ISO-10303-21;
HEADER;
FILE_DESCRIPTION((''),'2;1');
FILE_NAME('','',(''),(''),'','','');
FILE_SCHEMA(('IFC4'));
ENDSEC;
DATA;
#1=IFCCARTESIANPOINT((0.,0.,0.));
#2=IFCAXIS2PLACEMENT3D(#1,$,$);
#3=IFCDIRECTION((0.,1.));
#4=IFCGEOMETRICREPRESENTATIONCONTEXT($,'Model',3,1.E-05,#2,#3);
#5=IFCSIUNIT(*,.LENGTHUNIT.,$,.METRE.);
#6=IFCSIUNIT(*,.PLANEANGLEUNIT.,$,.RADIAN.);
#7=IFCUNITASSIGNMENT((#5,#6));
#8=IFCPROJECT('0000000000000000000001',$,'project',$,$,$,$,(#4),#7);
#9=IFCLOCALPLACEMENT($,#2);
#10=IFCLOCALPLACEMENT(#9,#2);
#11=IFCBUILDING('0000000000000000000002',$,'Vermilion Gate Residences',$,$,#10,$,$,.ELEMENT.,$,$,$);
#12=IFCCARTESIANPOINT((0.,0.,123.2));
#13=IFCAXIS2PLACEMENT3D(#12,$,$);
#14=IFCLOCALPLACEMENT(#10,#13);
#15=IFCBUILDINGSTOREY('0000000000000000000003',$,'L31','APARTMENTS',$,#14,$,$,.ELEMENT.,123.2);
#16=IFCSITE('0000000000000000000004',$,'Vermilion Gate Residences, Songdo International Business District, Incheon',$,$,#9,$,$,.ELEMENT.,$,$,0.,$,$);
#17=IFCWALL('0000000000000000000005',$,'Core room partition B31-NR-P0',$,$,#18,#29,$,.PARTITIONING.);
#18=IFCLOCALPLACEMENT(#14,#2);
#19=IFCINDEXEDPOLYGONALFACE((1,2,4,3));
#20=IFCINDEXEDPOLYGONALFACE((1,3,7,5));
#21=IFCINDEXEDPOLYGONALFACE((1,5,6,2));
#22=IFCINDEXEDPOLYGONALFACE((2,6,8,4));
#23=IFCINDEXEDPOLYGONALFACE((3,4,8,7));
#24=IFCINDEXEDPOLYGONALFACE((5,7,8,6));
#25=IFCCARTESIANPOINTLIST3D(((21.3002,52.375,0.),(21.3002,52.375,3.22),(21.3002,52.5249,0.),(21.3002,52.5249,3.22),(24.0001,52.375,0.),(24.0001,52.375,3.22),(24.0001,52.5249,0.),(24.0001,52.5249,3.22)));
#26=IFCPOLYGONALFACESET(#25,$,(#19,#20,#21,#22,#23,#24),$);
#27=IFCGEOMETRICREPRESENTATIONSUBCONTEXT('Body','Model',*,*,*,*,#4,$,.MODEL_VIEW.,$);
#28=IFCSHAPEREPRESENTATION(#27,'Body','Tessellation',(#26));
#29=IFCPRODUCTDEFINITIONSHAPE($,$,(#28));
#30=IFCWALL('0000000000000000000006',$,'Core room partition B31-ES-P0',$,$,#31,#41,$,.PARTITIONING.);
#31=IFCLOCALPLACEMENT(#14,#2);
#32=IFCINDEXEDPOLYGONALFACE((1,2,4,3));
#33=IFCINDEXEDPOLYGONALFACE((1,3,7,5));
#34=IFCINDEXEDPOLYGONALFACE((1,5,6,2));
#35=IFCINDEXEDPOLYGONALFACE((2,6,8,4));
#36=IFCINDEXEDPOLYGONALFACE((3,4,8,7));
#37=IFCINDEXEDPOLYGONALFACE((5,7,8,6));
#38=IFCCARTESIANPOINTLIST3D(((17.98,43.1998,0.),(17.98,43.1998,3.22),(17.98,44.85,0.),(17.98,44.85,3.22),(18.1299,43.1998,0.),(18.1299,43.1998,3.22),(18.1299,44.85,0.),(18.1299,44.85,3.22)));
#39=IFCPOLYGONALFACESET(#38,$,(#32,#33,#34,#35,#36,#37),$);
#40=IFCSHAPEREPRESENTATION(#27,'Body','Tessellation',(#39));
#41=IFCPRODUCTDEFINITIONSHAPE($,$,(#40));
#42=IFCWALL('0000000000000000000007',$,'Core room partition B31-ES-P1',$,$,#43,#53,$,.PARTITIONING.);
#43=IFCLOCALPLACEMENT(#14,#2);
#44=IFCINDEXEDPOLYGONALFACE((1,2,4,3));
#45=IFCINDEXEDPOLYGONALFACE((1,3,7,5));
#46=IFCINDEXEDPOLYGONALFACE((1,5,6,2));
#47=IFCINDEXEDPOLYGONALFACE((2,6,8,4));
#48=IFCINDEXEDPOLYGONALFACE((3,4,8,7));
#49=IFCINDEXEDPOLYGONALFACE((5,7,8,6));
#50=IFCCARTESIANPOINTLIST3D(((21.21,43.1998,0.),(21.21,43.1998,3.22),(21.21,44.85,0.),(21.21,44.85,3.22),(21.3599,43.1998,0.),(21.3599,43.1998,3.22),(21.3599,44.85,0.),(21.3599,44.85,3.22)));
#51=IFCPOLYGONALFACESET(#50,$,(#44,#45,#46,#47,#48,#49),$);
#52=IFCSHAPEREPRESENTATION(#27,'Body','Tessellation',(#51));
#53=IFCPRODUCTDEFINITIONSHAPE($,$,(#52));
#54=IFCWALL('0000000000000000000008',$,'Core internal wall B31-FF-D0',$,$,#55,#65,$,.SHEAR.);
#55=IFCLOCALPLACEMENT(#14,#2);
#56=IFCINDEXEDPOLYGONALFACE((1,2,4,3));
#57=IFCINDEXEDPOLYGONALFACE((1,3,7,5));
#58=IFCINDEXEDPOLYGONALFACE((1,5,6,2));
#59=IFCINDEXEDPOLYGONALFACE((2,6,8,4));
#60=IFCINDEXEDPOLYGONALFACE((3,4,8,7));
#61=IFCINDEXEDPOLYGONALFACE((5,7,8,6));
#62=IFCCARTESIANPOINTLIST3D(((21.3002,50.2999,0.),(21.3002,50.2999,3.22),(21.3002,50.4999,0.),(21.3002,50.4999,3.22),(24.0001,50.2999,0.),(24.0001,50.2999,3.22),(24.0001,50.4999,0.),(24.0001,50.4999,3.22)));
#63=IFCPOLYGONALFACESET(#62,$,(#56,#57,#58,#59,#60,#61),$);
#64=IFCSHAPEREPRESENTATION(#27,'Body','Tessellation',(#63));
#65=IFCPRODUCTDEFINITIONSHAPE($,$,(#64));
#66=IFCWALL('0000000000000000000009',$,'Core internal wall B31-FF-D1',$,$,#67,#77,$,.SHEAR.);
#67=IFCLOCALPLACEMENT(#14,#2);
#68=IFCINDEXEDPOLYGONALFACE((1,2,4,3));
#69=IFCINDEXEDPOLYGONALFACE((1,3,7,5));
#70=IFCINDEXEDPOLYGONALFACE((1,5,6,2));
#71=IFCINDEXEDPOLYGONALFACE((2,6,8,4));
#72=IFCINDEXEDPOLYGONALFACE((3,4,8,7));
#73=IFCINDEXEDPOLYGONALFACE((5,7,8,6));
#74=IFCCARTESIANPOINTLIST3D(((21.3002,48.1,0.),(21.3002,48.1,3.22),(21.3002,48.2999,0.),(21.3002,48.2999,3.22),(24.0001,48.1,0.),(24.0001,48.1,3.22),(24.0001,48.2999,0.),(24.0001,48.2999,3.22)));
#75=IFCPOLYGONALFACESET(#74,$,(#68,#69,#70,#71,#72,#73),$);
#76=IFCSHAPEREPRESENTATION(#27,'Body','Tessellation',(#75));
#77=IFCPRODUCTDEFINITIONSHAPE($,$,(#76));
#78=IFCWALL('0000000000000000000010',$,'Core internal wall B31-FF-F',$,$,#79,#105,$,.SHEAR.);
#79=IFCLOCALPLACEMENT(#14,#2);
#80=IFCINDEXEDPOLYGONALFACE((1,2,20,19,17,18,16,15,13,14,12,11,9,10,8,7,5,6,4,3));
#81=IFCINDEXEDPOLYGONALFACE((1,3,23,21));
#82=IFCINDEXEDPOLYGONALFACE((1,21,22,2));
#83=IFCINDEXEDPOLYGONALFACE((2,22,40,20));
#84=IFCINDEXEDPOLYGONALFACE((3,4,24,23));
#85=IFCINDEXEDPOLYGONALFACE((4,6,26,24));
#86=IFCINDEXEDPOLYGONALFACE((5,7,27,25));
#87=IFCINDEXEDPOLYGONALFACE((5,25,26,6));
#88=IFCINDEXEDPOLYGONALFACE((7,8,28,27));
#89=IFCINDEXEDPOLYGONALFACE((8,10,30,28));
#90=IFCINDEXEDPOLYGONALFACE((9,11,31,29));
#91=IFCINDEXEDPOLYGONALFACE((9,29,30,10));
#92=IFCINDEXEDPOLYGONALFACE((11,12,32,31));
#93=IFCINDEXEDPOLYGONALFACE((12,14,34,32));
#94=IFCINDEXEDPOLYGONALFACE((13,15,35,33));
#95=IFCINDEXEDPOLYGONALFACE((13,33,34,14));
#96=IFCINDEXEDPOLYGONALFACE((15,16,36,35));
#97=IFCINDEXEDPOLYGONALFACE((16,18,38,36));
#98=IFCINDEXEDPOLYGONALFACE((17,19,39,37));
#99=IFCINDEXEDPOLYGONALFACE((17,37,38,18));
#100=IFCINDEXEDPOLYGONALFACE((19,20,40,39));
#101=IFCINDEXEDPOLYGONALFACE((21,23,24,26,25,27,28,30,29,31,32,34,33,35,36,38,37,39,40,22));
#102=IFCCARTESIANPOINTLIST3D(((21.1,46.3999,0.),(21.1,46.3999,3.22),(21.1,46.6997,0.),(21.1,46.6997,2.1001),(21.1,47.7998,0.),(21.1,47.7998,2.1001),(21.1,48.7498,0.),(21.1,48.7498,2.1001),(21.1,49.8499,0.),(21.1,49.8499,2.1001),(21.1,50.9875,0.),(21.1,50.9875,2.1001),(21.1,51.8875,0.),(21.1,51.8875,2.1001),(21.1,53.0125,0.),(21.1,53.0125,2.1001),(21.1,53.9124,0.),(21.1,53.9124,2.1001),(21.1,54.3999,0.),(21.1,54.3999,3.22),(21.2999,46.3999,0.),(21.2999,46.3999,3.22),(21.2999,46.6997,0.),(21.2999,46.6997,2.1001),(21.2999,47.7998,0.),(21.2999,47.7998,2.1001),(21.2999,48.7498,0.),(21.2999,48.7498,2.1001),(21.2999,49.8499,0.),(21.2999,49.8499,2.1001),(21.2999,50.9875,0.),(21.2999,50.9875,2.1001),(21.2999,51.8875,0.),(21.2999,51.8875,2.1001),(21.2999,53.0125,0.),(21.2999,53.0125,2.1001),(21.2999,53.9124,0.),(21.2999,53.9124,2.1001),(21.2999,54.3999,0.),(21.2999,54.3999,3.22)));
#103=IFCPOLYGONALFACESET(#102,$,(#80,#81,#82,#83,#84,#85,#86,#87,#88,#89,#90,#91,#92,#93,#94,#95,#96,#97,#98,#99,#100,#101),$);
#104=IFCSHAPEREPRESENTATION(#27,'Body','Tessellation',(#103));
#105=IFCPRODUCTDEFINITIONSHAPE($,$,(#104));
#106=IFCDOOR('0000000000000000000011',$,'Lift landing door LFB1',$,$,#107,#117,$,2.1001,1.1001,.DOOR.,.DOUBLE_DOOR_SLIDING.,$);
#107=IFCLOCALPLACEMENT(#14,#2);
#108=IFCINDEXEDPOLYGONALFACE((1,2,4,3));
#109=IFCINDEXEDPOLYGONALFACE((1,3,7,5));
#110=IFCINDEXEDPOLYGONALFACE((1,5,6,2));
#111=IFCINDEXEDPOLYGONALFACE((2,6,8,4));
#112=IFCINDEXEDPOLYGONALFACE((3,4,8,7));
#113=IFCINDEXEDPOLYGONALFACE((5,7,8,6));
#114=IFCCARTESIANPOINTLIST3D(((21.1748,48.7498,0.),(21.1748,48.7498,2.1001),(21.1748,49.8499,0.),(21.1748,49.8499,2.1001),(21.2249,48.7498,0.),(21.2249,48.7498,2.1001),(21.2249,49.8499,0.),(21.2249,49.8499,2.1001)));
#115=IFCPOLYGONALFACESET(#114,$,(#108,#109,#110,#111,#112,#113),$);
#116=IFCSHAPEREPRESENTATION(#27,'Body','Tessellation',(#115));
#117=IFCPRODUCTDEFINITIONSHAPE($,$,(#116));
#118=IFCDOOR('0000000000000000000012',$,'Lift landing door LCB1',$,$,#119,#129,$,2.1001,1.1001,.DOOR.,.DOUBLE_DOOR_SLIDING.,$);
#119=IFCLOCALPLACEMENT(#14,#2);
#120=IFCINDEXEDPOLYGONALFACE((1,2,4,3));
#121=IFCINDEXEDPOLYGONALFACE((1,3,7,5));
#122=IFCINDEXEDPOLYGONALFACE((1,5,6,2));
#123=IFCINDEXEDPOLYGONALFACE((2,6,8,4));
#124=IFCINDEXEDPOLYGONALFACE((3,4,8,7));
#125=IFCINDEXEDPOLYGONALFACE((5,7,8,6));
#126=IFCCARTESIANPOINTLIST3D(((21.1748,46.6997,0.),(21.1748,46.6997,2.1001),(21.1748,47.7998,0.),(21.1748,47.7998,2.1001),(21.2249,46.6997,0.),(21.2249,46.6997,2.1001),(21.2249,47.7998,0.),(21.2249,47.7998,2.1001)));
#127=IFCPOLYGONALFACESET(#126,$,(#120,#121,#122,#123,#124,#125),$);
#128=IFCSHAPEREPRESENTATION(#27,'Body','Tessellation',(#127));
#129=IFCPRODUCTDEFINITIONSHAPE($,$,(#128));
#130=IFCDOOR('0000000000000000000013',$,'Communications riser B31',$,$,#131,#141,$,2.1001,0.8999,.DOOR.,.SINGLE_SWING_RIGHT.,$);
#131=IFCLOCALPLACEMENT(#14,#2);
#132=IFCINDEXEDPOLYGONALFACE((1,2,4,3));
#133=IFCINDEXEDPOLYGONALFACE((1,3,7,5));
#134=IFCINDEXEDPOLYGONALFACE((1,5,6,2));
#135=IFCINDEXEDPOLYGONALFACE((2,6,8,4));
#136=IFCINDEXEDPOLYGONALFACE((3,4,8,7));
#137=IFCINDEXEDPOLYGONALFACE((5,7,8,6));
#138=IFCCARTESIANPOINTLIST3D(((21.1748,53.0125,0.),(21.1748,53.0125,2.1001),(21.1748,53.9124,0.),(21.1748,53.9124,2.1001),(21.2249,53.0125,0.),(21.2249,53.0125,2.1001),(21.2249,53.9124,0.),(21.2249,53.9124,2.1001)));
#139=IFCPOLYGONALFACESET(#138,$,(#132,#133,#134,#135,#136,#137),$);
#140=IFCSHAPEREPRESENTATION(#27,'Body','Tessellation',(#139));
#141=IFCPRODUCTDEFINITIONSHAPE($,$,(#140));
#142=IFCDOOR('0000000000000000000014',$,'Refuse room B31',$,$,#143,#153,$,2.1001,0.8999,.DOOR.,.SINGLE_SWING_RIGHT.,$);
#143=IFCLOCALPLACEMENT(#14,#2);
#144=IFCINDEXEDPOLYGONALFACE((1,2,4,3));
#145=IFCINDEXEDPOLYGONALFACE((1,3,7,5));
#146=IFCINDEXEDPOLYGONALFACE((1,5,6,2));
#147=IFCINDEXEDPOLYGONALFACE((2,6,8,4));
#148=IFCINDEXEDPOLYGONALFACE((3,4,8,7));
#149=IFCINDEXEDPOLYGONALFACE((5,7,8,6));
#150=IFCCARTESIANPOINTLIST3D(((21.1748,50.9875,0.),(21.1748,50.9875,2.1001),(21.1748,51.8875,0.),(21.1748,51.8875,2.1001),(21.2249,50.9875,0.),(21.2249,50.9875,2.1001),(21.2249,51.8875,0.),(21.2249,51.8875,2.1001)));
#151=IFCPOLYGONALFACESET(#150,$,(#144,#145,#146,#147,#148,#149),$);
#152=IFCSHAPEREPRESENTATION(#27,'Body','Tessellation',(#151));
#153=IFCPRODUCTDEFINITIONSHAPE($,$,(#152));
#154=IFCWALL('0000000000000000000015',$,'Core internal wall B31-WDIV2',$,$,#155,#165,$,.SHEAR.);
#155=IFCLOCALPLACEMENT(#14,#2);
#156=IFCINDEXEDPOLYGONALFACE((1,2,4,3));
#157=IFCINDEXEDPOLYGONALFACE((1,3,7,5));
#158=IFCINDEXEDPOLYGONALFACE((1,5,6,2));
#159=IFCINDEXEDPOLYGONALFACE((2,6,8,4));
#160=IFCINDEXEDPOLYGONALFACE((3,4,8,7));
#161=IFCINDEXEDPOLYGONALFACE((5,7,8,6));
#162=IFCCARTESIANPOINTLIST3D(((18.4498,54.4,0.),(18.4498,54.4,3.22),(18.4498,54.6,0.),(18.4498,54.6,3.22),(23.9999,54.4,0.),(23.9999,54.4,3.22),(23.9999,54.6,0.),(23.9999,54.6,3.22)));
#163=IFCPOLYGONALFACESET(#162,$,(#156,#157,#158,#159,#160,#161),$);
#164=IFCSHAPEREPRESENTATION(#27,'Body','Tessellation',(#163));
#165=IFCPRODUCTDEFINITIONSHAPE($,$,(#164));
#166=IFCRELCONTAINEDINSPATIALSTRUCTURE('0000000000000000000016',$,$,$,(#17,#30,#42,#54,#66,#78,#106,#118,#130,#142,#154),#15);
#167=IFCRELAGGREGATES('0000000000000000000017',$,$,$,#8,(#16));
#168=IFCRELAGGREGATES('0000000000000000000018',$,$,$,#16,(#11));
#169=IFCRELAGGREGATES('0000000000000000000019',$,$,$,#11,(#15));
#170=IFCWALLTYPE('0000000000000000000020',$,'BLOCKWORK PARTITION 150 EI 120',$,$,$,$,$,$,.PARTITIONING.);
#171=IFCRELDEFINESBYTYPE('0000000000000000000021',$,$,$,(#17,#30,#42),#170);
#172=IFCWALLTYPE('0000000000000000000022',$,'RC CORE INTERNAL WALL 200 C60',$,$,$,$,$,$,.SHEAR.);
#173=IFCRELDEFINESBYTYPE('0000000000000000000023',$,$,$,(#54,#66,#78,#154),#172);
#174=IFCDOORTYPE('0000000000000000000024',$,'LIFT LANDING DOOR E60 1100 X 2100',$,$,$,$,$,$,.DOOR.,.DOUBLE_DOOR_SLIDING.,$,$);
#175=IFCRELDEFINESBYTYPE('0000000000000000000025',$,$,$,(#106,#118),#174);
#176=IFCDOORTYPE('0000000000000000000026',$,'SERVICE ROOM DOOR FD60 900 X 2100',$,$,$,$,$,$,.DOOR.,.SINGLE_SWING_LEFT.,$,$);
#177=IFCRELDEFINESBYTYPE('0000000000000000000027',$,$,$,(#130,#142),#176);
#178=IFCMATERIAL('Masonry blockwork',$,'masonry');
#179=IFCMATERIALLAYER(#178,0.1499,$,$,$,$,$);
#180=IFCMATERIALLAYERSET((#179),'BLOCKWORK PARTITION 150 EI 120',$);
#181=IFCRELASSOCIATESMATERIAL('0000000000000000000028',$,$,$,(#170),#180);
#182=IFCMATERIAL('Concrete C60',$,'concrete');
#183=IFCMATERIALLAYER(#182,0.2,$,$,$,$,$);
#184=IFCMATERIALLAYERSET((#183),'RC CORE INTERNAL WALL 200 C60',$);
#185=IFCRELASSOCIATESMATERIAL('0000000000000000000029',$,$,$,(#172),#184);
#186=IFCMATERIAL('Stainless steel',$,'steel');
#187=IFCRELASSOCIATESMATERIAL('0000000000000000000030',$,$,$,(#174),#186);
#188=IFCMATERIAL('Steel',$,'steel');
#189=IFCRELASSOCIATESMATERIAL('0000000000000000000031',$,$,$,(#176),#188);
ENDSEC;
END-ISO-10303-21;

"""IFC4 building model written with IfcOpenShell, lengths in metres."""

from ifc_helpers import new_model, si_unit, direction, frame, frame_2d, origin, place, context, subcontext, project, spatial, rectangle, extrude, material, layer, layer_set, type_object, element, fill, save


model = new_model("IFC4")

# Units and contexts
model_context = context("Model", 3, precision=1e-05, world=origin(), true_north=direction((0.0, 1.0)))
body_context = subcontext(model_context, "Body", "Model", "MODEL_VIEW")
ifc_project = project(units=[si_unit("LENGTHUNIT", "METRE"), si_unit("PLANEANGLEUNIT", "RADIAN")], contexts=[model_context])

# Site, building, storey
site_placement = place(None, origin())
site = spatial("IfcSite", under=ifc_project, at=site_placement, Name="Vermilion Gate Residences, Songdo International Business District, Incheon", CompositionType="ELEMENT", RefElevation=0.0)
building_placement = place(site_placement, origin())
building = spatial("IfcBuilding", under=site, at=building_placement, Name="Vermilion Gate Residences", CompositionType="ELEMENT")
storey_placement = place(building_placement, frame((0.0, 0.0, 123.2)))
storey = spatial("IfcBuildingStorey", under=building, at=storey_placement, Name="L31", Description="APARTMENTS", CompositionType="ELEMENT", Elevation=123.2)

# Walls
ifc_material_1 = material(Name="Masonry blockwork", Category="masonry")
ifc_layer_1 = layer(ifc_material_1, 0.1499)
ifc_layer_set_1 = layer_set([ifc_layer_1], Name="BLOCKWORK PARTITION 150 EI 120")
wall_type_1 = type_object("IfcWallType", Name="BLOCKWORK PARTITION 150 EI 120", PredefinedType="PARTITIONING", material=ifc_layer_set_1)
wall_1_placement = place(storey_placement, frame((21.3, 52.45, 0.0), z_axis=(0.0, 0.0, 1.0), x_axis=(1.0, 0.0, 0.0)))
element("IfcWall", 1, at=wall_1_placement, inside=storey, type_object=wall_type_1, Name="Core room partition B31-NR-P0", PredefinedType="PARTITIONING", context=body_context, shape_type="SweptSolid", body=[
    extrude(rectangle(XDim=2.7, YDim=0.1499, at=frame_2d((1.3501, 0.0))), origin(), (0.0, 0.0, 1.0), 3.22),
])
for number, where, z_axis, x_axis, name in (
    (2, (18.0549, 44.8501, 0.0), (0.0, 0.0, 1.0), (0.0, -1.0, 0.0), "Core room partition B31-ES-P0"),
    (3, (21.2849, 44.8501, 0.0), (0.0, 0.0, 1.0), (0.0, -1.0, 0.0), "Core room partition B31-ES-P1"),
):
    element("IfcWall", number, at=place(storey_placement, frame(where, z_axis=z_axis, x_axis=x_axis)), inside=storey, type_object=wall_type_1, Name=name, PredefinedType="PARTITIONING", context=body_context, shape_type="SweptSolid", body=[
        extrude(rectangle(XDim=1.6501, YDim=0.1499, at=frame_2d((0.8252, 0.0))), origin(), (0.0, 0.0, 1.0), 3.22),
    ])
ifc_material_2 = material(Name="Concrete C60", Category="concrete")
ifc_layer_2 = layer(ifc_material_2, 0.2)
ifc_layer_set_2 = layer_set([ifc_layer_2], Name="RC CORE INTERNAL WALL 200 C60")
wall_type_2 = type_object("IfcWallType", Name="RC CORE INTERNAL WALL 200 C60", PredefinedType="SHEAR", material=ifc_layer_set_2)
for number, where, z_axis, x_axis, name in (
    (4, (21.3, 50.3999, 0.0), (0.0, 0.0, 1.0), (1.0, 0.0, 0.0), "Core internal wall B31-FF-D0"),
    (5, (21.3, 48.2, 0.0), (0.0, 0.0, 1.0), (1.0, 0.0, 0.0), "Core internal wall B31-FF-D1"),
):
    element("IfcWall", number, at=place(storey_placement, frame(where, z_axis=z_axis, x_axis=x_axis)), inside=storey, type_object=wall_type_2, Name=name, PredefinedType="SHEAR", context=body_context, shape_type="SweptSolid", body=[
        extrude(rectangle(XDim=2.7, YDim=0.2, at=frame_2d((1.3501, 0.0))), origin(), (0.0, 0.0, 1.0), 3.22),
    ])

# Wall, openings, doors
wall_2_placement = place(storey_placement, frame((21.2, 54.3999, 0.0), z_axis=(0.0, 0.0, 1.0), x_axis=(0.0, -1.0, 0.0)))
wall_2 = element("IfcWall", 6, at=wall_2_placement, inside=storey, type_object=wall_type_2, Name="Core internal wall B31-FF-F", PredefinedType="SHEAR", context=body_context, shape_type="SweptSolid", body=[
    extrude(rectangle(XDim=8.0, YDim=0.2, at=frame_2d((4.0, 0.0))), origin(), (0.0, 0.0, 1.0), 3.22),
])
opening_1_placement = place(wall_2_placement, frame((0.4875, 0.0, 0.0)))
opening_1 = element("IfcOpeningElement", 7, at=opening_1_placement, cuts=wall_2, PredefinedType="OPENING", context=body_context, shape_type="SweptSolid", body=[
    extrude(rectangle(XDim=0.8999, YDim=2.1001, at=frame_2d((0.45, 1.05))), frame((0.0, 0.1099, 0.0), z_axis=(0.0, -1.0, 0.0), x_axis=(1.0, 0.0, 0.0)), (0.0, 0.0, 1.0), 0.22),
])
opening_2_placement = place(wall_2_placement, frame((2.5125, 0.0, 0.0)))
opening_2 = element("IfcOpeningElement", 8, at=opening_2_placement, cuts=wall_2, PredefinedType="OPENING", context=body_context, shape_type="SweptSolid", body=[
    extrude(rectangle(XDim=0.8999, YDim=2.1001, at=frame_2d((0.45, 1.05))), frame((0.0, 0.1099, 0.0), z_axis=(0.0, -1.0, 0.0), x_axis=(1.0, 0.0, 0.0)), (0.0, 0.0, 1.0), 0.22),
])
opening_3_placement = place(wall_2_placement, frame((4.55, 0.0, 0.0)))
opening_3 = element("IfcOpeningElement", 9, at=opening_3_placement, cuts=wall_2, PredefinedType="OPENING", context=body_context, shape_type="SweptSolid", body=[
    extrude(rectangle(XDim=1.1001, YDim=2.1001, at=frame_2d((0.55, 1.05))), frame((0.0, 0.1099, 0.0), z_axis=(0.0, -1.0, 0.0), x_axis=(1.0, 0.0, 0.0)), (0.0, 0.0, 1.0), 0.22),
])
opening_4_placement = place(wall_2_placement, frame((6.6001, 0.0, 0.0)))
opening_4 = element("IfcOpeningElement", 10, at=opening_4_placement, cuts=wall_2, PredefinedType="OPENING", context=body_context, shape_type="SweptSolid", body=[
    extrude(rectangle(XDim=1.1001, YDim=2.1001, at=frame_2d((0.55, 1.05))), frame((0.0, 0.1099, 0.0), z_axis=(0.0, -1.0, 0.0), x_axis=(1.0, 0.0, 0.0)), (0.0, 0.0, 1.0), 0.22),
])
ifc_material_3 = material(Name="Stainless steel", Category="steel")
door_type_1 = type_object("IfcDoorType", Name="LIFT LANDING DOOR E60 1100 X 2100", OperationType="DOUBLE_DOOR_SLIDING", PredefinedType="DOOR", material=ifc_material_3)
door_1_placement = place(opening_3_placement, origin())
door_1 = element("IfcDoor", 11, at=door_1_placement, inside=storey, type_object=door_type_1, Name="Lift landing door LFB1", OperationType="DOUBLE_DOOR_SLIDING", OverallHeight=2.1001, OverallWidth=1.1001, PredefinedType="DOOR", context=body_context, shape_type="SweptSolid", body=[
    extrude(rectangle(XDim=1.1001, YDim=2.1001, at=frame_2d((0.55, 1.05))), frame((0.0, 0.0249, 0.0), z_axis=(0.0, -1.0, 0.0), x_axis=(1.0, 0.0, 0.0)), (0.0, 0.0, 1.0), 0.05),
])
fill(opening_3, door_1)
door_2_placement = place(opening_4_placement, origin())
door_2 = element("IfcDoor", 12, at=door_2_placement, inside=storey, type_object=door_type_1, Name="Lift landing door LCB1", OperationType="DOUBLE_DOOR_SLIDING", OverallHeight=2.1001, OverallWidth=1.1001, PredefinedType="DOOR", context=body_context, shape_type="SweptSolid", body=[
    extrude(rectangle(XDim=1.1001, YDim=2.1001, at=frame_2d((0.55, 1.05))), frame((0.0, 0.0249, 0.0), z_axis=(0.0, -1.0, 0.0), x_axis=(1.0, 0.0, 0.0)), (0.0, 0.0, 1.0), 0.05),
])
fill(opening_4, door_2)
ifc_material_4 = material(Name="Steel", Category="steel")
door_type_2 = type_object("IfcDoorType", Name="SERVICE ROOM DOOR FD60 900 X 2100", OperationType="SINGLE_SWING_LEFT", PredefinedType="DOOR", material=ifc_material_4)
door_3_placement = place(opening_1_placement, origin())
door_3 = element("IfcDoor", 13, at=door_3_placement, inside=storey, type_object=door_type_2, Name="Communications riser B31", OperationType="SINGLE_SWING_RIGHT", OverallHeight=2.1001, OverallWidth=0.8999, PredefinedType="DOOR", context=body_context, shape_type="SweptSolid", body=[
    extrude(rectangle(XDim=0.8999, YDim=2.1001, at=frame_2d((0.45, 1.05))), frame((0.0, 0.0249, 0.0), z_axis=(0.0, -1.0, 0.0), x_axis=(1.0, 0.0, 0.0)), (0.0, 0.0, 1.0), 0.05),
])
fill(opening_1, door_3)
door_4_placement = place(opening_2_placement, origin())
door_4 = element("IfcDoor", 14, at=door_4_placement, inside=storey, type_object=door_type_2, Name="Refuse room B31", OperationType="SINGLE_SWING_RIGHT", OverallHeight=2.1001, OverallWidth=0.8999, PredefinedType="DOOR", context=body_context, shape_type="SweptSolid", body=[
    extrude(rectangle(XDim=0.8999, YDim=2.1001, at=frame_2d((0.45, 1.05))), frame((0.0, 0.0249, 0.0), z_axis=(0.0, -1.0, 0.0), x_axis=(1.0, 0.0, 0.0)), (0.0, 0.0, 1.0), 0.05),
])
fill(opening_2, door_4)

# Wall
wall_3_placement = place(storey_placement, frame((18.45, 54.5, 0.0), z_axis=(0.0, 0.0, 1.0), x_axis=(1.0, 0.0, 0.0)))
element("IfcWall", 15, at=wall_3_placement, inside=storey, type_object=wall_type_2, Name="Core internal wall B31-WDIV2", PredefinedType="SHEAR", context=body_context, shape_type="SweptSolid", body=[
    extrude(rectangle(XDim=5.55, YDim=0.2, at=frame_2d((2.7749, 0.0))), origin(), (0.0, 0.0, 1.0), 3.22),
])

save(model, "model.ifc")
